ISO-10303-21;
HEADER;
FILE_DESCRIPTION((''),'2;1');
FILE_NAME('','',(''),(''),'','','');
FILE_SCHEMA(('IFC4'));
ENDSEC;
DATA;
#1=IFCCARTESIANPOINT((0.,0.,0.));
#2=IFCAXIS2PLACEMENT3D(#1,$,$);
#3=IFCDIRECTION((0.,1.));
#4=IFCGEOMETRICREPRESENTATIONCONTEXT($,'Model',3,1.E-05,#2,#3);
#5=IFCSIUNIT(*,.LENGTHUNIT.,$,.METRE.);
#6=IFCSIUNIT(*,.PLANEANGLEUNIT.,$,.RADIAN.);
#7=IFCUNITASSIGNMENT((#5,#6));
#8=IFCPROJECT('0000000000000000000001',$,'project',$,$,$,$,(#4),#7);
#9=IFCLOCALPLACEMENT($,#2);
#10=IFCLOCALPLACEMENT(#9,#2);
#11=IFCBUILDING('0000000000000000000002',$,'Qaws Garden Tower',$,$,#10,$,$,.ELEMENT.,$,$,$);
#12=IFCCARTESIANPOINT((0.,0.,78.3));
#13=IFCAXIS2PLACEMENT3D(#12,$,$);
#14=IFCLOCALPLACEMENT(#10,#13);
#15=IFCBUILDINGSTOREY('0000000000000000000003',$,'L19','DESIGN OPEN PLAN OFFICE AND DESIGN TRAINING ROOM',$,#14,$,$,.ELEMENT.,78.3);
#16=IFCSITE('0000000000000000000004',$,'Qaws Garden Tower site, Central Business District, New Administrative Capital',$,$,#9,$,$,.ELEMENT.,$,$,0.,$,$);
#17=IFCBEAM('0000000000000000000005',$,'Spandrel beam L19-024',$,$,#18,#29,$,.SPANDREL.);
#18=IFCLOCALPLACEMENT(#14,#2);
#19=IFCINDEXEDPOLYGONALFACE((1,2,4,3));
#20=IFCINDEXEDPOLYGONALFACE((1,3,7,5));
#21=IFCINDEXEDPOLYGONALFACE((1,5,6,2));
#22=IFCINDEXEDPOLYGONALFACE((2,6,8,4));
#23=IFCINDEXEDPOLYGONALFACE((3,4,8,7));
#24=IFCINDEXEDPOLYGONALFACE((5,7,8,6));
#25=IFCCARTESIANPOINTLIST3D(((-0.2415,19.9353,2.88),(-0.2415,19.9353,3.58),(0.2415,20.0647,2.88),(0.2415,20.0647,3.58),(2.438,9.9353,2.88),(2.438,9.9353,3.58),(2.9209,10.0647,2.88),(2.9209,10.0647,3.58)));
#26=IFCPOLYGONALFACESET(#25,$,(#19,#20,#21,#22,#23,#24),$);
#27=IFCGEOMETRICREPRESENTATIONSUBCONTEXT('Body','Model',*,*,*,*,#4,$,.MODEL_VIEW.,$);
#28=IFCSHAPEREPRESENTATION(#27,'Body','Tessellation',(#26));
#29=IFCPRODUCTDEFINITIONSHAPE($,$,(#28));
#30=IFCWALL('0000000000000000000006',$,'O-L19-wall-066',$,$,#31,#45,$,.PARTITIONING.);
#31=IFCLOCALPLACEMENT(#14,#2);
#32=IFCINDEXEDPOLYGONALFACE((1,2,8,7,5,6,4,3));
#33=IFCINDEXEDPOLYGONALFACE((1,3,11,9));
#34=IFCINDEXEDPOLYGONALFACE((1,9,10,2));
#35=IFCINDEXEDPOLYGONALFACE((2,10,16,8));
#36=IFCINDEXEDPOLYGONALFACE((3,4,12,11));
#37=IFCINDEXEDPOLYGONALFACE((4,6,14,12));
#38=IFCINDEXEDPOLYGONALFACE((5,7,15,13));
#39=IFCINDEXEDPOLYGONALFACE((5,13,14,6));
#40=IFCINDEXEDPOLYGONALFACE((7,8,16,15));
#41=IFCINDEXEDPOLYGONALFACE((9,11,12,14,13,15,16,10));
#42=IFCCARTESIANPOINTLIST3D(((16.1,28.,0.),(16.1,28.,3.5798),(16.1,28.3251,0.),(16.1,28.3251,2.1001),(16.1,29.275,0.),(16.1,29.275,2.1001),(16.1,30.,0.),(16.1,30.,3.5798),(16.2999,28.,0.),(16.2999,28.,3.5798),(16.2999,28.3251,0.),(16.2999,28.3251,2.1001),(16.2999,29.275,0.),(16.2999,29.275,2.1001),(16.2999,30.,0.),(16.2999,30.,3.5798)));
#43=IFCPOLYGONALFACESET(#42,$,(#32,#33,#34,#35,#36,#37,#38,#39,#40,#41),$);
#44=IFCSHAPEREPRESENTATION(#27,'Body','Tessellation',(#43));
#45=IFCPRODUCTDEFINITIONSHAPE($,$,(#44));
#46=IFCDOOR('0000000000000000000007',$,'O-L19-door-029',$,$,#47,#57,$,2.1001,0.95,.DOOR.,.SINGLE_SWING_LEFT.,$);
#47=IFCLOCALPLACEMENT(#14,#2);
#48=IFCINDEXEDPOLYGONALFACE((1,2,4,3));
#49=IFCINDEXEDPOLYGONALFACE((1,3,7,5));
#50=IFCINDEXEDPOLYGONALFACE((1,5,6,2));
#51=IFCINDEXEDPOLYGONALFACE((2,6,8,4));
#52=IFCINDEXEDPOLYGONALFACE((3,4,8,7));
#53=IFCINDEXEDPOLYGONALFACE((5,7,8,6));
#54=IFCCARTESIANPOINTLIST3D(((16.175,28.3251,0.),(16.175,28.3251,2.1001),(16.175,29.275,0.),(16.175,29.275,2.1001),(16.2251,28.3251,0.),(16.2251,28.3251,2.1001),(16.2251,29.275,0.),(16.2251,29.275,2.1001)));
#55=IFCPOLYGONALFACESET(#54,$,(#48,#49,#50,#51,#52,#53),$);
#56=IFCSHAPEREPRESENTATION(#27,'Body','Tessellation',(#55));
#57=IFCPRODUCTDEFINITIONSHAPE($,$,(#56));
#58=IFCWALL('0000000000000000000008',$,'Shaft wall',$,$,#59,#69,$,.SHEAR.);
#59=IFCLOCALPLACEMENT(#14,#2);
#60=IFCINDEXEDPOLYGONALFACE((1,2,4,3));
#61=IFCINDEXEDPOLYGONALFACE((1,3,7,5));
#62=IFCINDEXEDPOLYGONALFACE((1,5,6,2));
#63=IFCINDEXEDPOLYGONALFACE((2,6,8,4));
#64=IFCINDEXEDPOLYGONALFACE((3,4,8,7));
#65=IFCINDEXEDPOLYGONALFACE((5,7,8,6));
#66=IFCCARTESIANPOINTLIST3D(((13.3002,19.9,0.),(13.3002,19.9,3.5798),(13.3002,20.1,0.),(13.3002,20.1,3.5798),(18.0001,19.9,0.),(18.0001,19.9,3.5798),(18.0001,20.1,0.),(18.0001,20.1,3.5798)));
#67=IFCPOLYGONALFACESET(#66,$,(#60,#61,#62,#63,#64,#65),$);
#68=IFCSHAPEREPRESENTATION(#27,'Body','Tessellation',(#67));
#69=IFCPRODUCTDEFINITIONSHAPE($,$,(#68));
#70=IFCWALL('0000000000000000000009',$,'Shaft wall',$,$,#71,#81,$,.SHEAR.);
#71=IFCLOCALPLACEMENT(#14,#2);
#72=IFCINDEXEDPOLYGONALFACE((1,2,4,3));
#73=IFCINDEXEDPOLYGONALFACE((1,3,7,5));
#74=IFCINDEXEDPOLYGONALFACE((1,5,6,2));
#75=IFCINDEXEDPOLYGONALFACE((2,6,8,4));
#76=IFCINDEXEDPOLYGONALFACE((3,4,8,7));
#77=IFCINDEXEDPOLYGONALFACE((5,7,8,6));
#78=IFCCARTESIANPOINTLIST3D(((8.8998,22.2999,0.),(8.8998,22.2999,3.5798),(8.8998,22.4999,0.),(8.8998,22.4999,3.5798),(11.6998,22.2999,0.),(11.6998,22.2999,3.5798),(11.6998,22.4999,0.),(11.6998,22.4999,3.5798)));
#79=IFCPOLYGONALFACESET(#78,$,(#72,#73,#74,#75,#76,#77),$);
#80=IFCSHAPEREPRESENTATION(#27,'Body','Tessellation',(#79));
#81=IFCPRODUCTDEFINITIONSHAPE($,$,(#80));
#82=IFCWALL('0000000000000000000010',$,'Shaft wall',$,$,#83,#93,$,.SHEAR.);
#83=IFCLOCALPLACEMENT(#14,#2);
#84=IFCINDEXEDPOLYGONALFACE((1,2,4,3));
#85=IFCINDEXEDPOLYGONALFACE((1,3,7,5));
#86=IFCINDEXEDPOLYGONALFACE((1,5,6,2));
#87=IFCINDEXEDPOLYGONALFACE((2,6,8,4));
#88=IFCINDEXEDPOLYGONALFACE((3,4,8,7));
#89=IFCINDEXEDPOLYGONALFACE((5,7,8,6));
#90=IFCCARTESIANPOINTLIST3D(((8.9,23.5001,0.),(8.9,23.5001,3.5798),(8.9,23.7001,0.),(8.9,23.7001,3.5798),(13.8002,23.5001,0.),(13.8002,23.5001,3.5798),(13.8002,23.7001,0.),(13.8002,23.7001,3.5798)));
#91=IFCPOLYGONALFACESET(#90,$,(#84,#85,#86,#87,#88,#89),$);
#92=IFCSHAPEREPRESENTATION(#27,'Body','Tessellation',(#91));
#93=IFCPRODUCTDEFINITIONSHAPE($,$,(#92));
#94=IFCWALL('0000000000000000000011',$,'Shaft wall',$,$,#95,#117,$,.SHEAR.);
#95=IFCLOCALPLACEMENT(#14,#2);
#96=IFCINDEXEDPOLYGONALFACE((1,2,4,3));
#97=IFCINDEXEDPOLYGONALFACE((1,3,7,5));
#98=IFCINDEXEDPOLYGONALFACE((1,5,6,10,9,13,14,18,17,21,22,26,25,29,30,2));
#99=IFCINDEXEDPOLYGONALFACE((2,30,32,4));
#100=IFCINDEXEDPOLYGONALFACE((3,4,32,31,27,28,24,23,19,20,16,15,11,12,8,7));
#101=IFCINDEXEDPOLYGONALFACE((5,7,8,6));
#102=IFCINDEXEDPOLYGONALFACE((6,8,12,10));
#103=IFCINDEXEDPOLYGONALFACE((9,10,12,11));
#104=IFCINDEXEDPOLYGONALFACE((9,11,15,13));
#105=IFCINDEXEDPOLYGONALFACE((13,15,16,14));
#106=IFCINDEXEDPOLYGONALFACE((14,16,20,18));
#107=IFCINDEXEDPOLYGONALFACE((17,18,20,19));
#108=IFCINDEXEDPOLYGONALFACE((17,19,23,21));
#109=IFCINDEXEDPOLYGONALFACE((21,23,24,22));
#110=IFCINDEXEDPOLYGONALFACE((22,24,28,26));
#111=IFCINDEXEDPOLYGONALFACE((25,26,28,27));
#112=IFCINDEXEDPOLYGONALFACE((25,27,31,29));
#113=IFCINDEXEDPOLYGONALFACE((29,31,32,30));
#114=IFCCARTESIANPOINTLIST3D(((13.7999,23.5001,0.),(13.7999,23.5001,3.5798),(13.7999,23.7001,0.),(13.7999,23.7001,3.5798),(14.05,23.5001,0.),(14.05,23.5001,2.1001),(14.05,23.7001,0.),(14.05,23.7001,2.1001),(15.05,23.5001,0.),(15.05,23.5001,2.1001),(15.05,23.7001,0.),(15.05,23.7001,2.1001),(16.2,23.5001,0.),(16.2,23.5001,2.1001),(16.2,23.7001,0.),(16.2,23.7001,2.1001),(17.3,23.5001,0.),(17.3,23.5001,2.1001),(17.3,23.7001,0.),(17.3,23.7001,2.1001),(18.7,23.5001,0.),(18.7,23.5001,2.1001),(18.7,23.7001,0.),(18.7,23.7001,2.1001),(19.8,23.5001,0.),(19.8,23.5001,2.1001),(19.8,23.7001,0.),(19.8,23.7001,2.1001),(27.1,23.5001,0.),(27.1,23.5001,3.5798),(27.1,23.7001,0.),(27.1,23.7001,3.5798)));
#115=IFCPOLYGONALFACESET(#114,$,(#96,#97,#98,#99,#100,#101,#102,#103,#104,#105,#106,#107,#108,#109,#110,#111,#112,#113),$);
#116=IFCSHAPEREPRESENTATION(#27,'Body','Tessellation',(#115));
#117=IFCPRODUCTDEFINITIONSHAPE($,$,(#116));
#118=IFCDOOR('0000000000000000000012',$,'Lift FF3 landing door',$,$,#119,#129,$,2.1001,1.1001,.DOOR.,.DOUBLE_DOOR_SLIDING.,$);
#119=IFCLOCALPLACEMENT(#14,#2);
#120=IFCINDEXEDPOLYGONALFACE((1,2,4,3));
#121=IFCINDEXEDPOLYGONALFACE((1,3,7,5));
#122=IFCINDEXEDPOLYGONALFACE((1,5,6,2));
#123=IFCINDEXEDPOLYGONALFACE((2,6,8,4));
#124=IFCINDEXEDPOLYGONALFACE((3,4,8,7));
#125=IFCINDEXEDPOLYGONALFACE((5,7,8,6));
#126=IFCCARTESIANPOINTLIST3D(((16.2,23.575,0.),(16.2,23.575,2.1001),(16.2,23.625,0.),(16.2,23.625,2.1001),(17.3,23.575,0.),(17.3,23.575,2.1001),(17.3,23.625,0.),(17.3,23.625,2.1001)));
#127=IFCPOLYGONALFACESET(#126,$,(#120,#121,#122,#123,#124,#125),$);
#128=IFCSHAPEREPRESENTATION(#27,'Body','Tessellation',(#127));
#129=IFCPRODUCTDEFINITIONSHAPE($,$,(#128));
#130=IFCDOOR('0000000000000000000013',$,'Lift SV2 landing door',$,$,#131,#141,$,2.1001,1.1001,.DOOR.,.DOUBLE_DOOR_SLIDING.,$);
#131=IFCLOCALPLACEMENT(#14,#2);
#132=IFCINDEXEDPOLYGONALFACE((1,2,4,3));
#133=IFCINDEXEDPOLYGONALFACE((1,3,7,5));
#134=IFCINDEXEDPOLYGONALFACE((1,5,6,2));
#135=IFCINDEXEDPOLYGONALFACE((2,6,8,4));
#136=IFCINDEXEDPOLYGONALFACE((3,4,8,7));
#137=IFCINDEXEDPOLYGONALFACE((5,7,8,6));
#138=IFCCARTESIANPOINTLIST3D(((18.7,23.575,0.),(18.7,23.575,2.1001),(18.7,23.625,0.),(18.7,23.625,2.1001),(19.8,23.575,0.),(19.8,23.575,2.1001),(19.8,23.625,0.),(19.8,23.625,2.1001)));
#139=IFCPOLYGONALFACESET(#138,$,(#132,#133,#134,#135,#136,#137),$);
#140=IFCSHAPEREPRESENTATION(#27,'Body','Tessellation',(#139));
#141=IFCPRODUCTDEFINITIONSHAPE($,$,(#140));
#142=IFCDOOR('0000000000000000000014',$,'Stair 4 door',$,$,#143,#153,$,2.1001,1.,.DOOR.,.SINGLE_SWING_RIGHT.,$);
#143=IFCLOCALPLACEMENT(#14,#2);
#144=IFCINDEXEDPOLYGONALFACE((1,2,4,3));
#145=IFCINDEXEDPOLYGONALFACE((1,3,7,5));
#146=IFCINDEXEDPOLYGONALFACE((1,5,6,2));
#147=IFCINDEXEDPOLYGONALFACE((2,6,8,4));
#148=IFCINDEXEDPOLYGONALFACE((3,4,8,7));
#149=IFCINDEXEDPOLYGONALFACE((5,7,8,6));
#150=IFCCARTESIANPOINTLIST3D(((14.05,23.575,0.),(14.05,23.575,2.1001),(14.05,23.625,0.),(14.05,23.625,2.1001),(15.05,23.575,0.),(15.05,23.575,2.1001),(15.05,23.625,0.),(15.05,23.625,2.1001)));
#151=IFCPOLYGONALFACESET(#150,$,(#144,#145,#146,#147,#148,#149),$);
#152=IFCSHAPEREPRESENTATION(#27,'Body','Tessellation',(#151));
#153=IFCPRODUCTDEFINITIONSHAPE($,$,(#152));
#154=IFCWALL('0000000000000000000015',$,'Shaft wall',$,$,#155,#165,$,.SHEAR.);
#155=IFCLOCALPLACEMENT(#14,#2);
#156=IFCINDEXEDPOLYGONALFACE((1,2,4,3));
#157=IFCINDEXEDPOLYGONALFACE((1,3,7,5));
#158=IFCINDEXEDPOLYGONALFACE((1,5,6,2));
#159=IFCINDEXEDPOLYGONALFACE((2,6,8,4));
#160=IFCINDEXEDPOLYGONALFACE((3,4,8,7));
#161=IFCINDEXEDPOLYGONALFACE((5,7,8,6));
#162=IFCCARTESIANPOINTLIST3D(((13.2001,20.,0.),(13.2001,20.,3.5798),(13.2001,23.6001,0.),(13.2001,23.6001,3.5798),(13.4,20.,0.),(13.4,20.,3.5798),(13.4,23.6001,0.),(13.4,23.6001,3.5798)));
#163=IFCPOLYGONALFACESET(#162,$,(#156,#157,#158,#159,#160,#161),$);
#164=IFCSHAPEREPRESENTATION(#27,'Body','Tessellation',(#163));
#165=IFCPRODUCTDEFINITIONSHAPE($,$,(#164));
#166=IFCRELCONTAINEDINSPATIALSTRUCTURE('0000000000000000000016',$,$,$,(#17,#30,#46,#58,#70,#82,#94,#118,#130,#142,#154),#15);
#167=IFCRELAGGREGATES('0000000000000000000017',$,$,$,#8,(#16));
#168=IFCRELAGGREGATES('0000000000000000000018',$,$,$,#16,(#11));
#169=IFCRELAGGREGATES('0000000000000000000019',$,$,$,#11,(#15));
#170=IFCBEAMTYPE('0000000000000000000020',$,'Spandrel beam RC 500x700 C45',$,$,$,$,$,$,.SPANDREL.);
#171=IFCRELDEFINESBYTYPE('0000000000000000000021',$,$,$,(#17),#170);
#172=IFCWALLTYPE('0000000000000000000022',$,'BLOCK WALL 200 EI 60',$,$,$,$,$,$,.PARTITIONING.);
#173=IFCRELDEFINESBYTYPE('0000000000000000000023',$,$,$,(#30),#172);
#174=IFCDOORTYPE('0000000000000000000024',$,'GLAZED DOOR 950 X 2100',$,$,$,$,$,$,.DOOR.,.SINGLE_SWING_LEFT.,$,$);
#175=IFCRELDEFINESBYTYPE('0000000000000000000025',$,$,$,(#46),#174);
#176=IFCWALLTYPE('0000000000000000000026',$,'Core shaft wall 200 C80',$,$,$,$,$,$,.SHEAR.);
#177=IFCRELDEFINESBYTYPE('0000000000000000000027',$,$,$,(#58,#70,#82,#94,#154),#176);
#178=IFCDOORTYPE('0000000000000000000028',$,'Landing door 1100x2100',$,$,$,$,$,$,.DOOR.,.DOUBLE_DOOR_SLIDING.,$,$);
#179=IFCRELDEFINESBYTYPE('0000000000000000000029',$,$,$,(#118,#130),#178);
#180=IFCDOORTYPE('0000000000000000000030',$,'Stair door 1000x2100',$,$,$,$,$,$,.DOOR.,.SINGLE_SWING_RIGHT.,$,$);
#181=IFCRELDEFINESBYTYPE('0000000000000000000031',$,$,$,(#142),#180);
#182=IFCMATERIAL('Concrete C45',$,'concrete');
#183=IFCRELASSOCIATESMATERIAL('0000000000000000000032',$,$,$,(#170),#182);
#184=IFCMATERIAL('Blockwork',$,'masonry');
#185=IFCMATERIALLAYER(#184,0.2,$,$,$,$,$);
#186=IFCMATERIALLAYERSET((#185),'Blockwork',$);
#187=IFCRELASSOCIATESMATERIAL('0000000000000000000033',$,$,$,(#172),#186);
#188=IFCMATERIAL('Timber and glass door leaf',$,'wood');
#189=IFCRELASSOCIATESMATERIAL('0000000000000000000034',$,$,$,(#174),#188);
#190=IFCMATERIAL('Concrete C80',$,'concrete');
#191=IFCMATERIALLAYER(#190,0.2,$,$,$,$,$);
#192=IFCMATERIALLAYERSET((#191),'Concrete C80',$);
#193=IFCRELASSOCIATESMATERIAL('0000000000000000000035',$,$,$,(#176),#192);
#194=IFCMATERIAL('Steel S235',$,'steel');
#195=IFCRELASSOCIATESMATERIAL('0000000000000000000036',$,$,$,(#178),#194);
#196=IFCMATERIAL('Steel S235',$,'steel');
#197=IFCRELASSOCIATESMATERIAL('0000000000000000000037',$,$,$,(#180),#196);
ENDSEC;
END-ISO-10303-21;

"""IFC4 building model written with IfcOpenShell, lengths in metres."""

from ifc_helpers import new_model, si_unit, direction, frame, frame_2d, origin, origin_2d, place, context, subcontext, project, spatial, rectangle, extrude, material, layer, layer_set, material_profile, profile_set, type_object, element, fill, save


model = new_model("IFC4")

# Units and contexts
model_context = context("Model", 3, precision=1e-05, world=origin(), true_north=direction((0.0, 1.0)))
body_context = subcontext(model_context, "Body", "Model", "MODEL_VIEW")
ifc_project = project(units=[si_unit("LENGTHUNIT", "METRE"), si_unit("PLANEANGLEUNIT", "RADIAN")], contexts=[model_context])

# Site, building, storey
site_placement = place(None, origin())
site = spatial("IfcSite", under=ifc_project, at=site_placement, Name="Qaws Garden Tower site, Central Business District, New Administrative Capital", CompositionType="ELEMENT", RefElevation=0.0)
building_placement = place(site_placement, origin())
building = spatial("IfcBuilding", under=site, at=building_placement, Name="Qaws Garden Tower", CompositionType="ELEMENT")
storey_placement = place(building_placement, frame((0.0, 0.0, 78.3)))
storey = spatial("IfcBuildingStorey", under=building, at=storey_placement, Name="L19", Description="DESIGN OPEN PLAN OFFICE AND DESIGN TRAINING ROOM", CompositionType="ELEMENT", Elevation=78.3)

# Beam
ifc_material_1 = material(Name="Concrete C45", Category="concrete")
ifc_material_profile = material_profile(ifc_material_1, rectangle(XDim=0.5, YDim=0.7, at=origin_2d()), Name="RC 500x700")
ifc_profile_set = profile_set([ifc_material_profile], Name="Concrete C45")
beam_type = type_object("IfcBeamType", Name="Spandrel beam RC 500x700 C45", PredefinedType="SPANDREL", material=ifc_profile_set)
beam_placement = place(storey_placement, frame((0.0, 20.0, 3.23), z_axis=(0.258815, -0.965927, 0.0), x_axis=(0.965927, 0.258815, 0.0)))
element("IfcBeam", 1, at=beam_placement, inside=storey, type_object=beam_type, Name="Spandrel beam L19-024", PredefinedType="SPANDREL", context=body_context, shape_type="SweptSolid", body=[
    extrude(rectangle(XDim=0.5, YDim=0.7, at=origin_2d()), origin(), (0.0, 0.0, 1.0), 10.3528),
])

# Wall, opening, door
ifc_material_2 = material(Name="Blockwork", Category="masonry")
ifc_layer_1 = layer(ifc_material_2, 0.2)
ifc_layer_set_1 = layer_set([ifc_layer_1], Name="Blockwork")
wall_type_1 = type_object("IfcWallType", Name="BLOCK WALL 200 EI 60", PredefinedType="PARTITIONING", material=ifc_layer_set_1)
wall_1_placement = place(storey_placement, frame((16.2, 28.0, 0.0), z_axis=(0.0, 0.0, 1.0), x_axis=(0.0, 1.0, 0.0)))
wall_1 = element("IfcWall", 2, at=wall_1_placement, inside=storey, type_object=wall_type_1, Name="O-L19-wall-066", PredefinedType="PARTITIONING", context=body_context, shape_type="SweptSolid", body=[
    extrude(rectangle(XDim=2.0, YDim=0.2, at=frame_2d((1.0, 0.0))), origin(), (0.0, 0.0, 1.0), 3.5798),
])
opening_1_placement = place(wall_1_placement, frame((0.325, 0.0, 0.0)))
opening_1 = element("IfcOpeningElement", 3, at=opening_1_placement, cuts=wall_1, PredefinedType="OPENING", context=body_context, shape_type="SweptSolid", body=[
    extrude(rectangle(XDim=0.95, YDim=2.1001, at=frame_2d((0.4751, 1.05))), frame((0.0, 0.1099, 0.0), z_axis=(0.0, -1.0, 0.0), x_axis=(1.0, 0.0, 0.0)), (0.0, 0.0, 1.0), 0.22),
])
ifc_material_3 = material(Name="Timber and glass door leaf", Category="wood")
door_type_1 = type_object("IfcDoorType", Name="GLAZED DOOR 950 X 2100", OperationType="SINGLE_SWING_LEFT", PredefinedType="DOOR", material=ifc_material_3)
door_1_placement = place(opening_1_placement, origin())
door_1 = element("IfcDoor", 4, at=door_1_placement, inside=storey, type_object=door_type_1, Name="O-L19-door-029", OperationType="SINGLE_SWING_LEFT", OverallHeight=2.1001, OverallWidth=0.95, PredefinedType="DOOR", context=body_context, shape_type="SweptSolid", body=[
    extrude(rectangle(XDim=0.95, YDim=2.1001, at=frame_2d((0.4751, 1.05))), frame((0.0, 0.0249, 0.0), z_axis=(0.0, -1.0, 0.0), x_axis=(1.0, 0.0, 0.0)), (0.0, 0.0, 1.0), 0.05),
])
fill(opening_1, door_1)

# Walls
ifc_material_4 = material(Name="Concrete C80", Category="concrete")
ifc_layer_2 = layer(ifc_material_4, 0.2)
ifc_layer_set_2 = layer_set([ifc_layer_2], Name="Concrete C80")
wall_type_2 = type_object("IfcWallType", Name="Core shaft wall 200 C80", PredefinedType="SHEAR", material=ifc_layer_set_2)
wall_2_placement = place(storey_placement, frame((13.3, 20.0, 0.0), z_axis=(0.0, 0.0, 1.0), x_axis=(1.0, 0.0, 0.0)))
element("IfcWall", 5, at=wall_2_placement, inside=storey, type_object=wall_type_2, Name="Shaft wall", PredefinedType="SHEAR", context=body_context, shape_type="SweptSolid", body=[
    extrude(rectangle(XDim=4.7, YDim=0.2, at=frame_2d((2.3501, 0.0))), origin(), (0.0, 0.0, 1.0), 3.5798),
])
wall_3_placement = place(storey_placement, frame((8.8999, 22.3999, 0.0), z_axis=(0.0, 0.0, 1.0), x_axis=(1.0, 0.0, 0.0)))
element("IfcWall", 6, at=wall_3_placement, inside=storey, type_object=wall_type_2, Name="Shaft wall", PredefinedType="SHEAR", context=body_context, shape_type="SweptSolid", body=[
    extrude(rectangle(XDim=2.8, YDim=0.2, at=frame_2d((1.3999, 0.0))), origin(), (0.0, 0.0, 1.0), 3.5798),
])
wall_4_placement = place(storey_placement, frame((8.8999, 23.6001, 0.0), z_axis=(0.0, 0.0, 1.0), x_axis=(1.0, 0.0, 0.0)))
element("IfcWall", 7, at=wall_4_placement, inside=storey, type_object=wall_type_2, Name="Shaft wall", PredefinedType="SHEAR", context=body_context, shape_type="SweptSolid", body=[
    extrude(rectangle(XDim=4.9001, YDim=0.2, at=frame_2d((2.4502, 0.0))), origin(), (0.0, 0.0, 1.0), 3.5798),
])

# Wall, openings, doors
wall_5_placement = place(storey_placement, frame((13.8, 23.6001, 0.0), z_axis=(0.0, 0.0, 1.0), x_axis=(1.0, 0.0, 0.0)))
wall_5 = element("IfcWall", 8, at=wall_5_placement, inside=storey, type_object=wall_type_2, Name="Shaft wall", PredefinedType="SHEAR", context=body_context, shape_type="SweptSolid", body=[
    extrude(rectangle(XDim=13.3, YDim=0.2, at=frame_2d((6.6499, 0.0))), origin(), (0.0, 0.0, 1.0), 3.5798),
])
opening_2_placement = place(wall_5_placement, frame((2.3999, 0.0, 0.0)))
opening_2 = element("IfcOpeningElement", 9, at=opening_2_placement, cuts=wall_5, PredefinedType="OPENING", context=body_context, shape_type="SweptSolid", body=[
    extrude(rectangle(XDim=1.1001, YDim=2.1001, at=frame_2d((0.55, 1.05))), frame((0.0, 0.1099, 0.0), z_axis=(0.0, -1.0, 0.0), x_axis=(1.0, 0.0, 0.0)), (0.0, 0.0, 1.0), 0.22),
])
opening_3_placement = place(wall_5_placement, frame((4.8999, 0.0, 0.0)))
opening_3 = element("IfcOpeningElement", 10, at=opening_3_placement, cuts=wall_5, PredefinedType="OPENING", context=body_context, shape_type="SweptSolid", body=[
    extrude(rectangle(XDim=1.1001, YDim=2.1001, at=frame_2d((0.55, 1.05))), frame((0.0, 0.1099, 0.0), z_axis=(0.0, -1.0, 0.0), x_axis=(1.0, 0.0, 0.0)), (0.0, 0.0, 1.0), 0.22),
])
opening_4_placement = place(wall_5_placement, frame((0.25, 0.0, 0.0)))
opening_4 = element("IfcOpeningElement", 11, at=opening_4_placement, cuts=wall_5, PredefinedType="OPENING", context=body_context, shape_type="SweptSolid", body=[
    extrude(rectangle(XDim=1.0, YDim=2.1001, at=frame_2d((0.5, 1.05))), frame((0.0, 0.1099, 0.0), z_axis=(0.0, -1.0, 0.0), x_axis=(1.0, 0.0, 0.0)), (0.0, 0.0, 1.0), 0.22),
])
ifc_material_5 = material(Name="Steel S235", Category="steel")
door_type_2 = type_object("IfcDoorType", Name="Landing door 1100x2100", OperationType="DOUBLE_DOOR_SLIDING", PredefinedType="DOOR", material=ifc_material_5)
door_2_placement = place(opening_2_placement, origin())
door_2 = element("IfcDoor", 12, at=door_2_placement, inside=storey, type_object=door_type_2, Name="Lift FF3 landing door", OperationType="DOUBLE_DOOR_SLIDING", OverallHeight=2.1001, OverallWidth=1.1001, PredefinedType="DOOR", context=body_context, shape_type="SweptSolid", body=[
    extrude(rectangle(XDim=1.1001, YDim=2.1001, at=frame_2d((0.55, 1.05))), frame((0.0, 0.0249, 0.0), z_axis=(0.0, -1.0, 0.0), x_axis=(1.0, 0.0, 0.0)), (0.0, 0.0, 1.0), 0.05),
])
fill(opening_2, door_2)
door_3_placement = place(opening_3_placement, origin())
door_3 = element("IfcDoor", 13, at=door_3_placement, inside=storey, type_object=door_type_2, Name="Lift SV2 landing door", OperationType="DOUBLE_DOOR_SLIDING", OverallHeight=2.1001, OverallWidth=1.1001, PredefinedType="DOOR", context=body_context, shape_type="SweptSolid", body=[
    extrude(rectangle(XDim=1.1001, YDim=2.1001, at=frame_2d((0.55, 1.05))), frame((0.0, 0.0249, 0.0), z_axis=(0.0, -1.0, 0.0), x_axis=(1.0, 0.0, 0.0)), (0.0, 0.0, 1.0), 0.05),
])
fill(opening_3, door_3)
ifc_material_6 = material(Name="Steel S235", Category="steel")
door_type_3 = type_object("IfcDoorType", Name="Stair door 1000x2100", OperationType="SINGLE_SWING_RIGHT", PredefinedType="DOOR", material=ifc_material_6)
door_4_placement = place(opening_4_placement, origin())
door_4 = element("IfcDoor", 14, at=door_4_placement, inside=storey, type_object=door_type_3, Name="Stair 4 door", OperationType="SINGLE_SWING_RIGHT", OverallHeight=2.1001, OverallWidth=1.0, PredefinedType="DOOR", context=body_context, shape_type="SweptSolid", body=[
    extrude(rectangle(XDim=1.0, YDim=2.1001, at=frame_2d((0.5, 1.05))), frame((0.0, 0.0249, 0.0), z_axis=(0.0, -1.0, 0.0), x_axis=(1.0, 0.0, 0.0)), (0.0, 0.0, 1.0), 0.05),
])
fill(opening_4, door_4)

# Wall
wall_6_placement = place(storey_placement, frame((13.3, 20.0, 0.0), z_axis=(0.0, 0.0, 1.0), x_axis=(0.0, 1.0, 0.0)))
element("IfcWall", 15, at=wall_6_placement, inside=storey, type_object=wall_type_2, Name="Shaft wall", PredefinedType="SHEAR", context=body_context, shape_type="SweptSolid", body=[
    extrude(rectangle(XDim=3.6001, YDim=0.2, at=frame_2d((1.8, 0.0))), origin(), (0.0, 0.0, 1.0), 3.5798),
])

save(model, "model.ifc")
